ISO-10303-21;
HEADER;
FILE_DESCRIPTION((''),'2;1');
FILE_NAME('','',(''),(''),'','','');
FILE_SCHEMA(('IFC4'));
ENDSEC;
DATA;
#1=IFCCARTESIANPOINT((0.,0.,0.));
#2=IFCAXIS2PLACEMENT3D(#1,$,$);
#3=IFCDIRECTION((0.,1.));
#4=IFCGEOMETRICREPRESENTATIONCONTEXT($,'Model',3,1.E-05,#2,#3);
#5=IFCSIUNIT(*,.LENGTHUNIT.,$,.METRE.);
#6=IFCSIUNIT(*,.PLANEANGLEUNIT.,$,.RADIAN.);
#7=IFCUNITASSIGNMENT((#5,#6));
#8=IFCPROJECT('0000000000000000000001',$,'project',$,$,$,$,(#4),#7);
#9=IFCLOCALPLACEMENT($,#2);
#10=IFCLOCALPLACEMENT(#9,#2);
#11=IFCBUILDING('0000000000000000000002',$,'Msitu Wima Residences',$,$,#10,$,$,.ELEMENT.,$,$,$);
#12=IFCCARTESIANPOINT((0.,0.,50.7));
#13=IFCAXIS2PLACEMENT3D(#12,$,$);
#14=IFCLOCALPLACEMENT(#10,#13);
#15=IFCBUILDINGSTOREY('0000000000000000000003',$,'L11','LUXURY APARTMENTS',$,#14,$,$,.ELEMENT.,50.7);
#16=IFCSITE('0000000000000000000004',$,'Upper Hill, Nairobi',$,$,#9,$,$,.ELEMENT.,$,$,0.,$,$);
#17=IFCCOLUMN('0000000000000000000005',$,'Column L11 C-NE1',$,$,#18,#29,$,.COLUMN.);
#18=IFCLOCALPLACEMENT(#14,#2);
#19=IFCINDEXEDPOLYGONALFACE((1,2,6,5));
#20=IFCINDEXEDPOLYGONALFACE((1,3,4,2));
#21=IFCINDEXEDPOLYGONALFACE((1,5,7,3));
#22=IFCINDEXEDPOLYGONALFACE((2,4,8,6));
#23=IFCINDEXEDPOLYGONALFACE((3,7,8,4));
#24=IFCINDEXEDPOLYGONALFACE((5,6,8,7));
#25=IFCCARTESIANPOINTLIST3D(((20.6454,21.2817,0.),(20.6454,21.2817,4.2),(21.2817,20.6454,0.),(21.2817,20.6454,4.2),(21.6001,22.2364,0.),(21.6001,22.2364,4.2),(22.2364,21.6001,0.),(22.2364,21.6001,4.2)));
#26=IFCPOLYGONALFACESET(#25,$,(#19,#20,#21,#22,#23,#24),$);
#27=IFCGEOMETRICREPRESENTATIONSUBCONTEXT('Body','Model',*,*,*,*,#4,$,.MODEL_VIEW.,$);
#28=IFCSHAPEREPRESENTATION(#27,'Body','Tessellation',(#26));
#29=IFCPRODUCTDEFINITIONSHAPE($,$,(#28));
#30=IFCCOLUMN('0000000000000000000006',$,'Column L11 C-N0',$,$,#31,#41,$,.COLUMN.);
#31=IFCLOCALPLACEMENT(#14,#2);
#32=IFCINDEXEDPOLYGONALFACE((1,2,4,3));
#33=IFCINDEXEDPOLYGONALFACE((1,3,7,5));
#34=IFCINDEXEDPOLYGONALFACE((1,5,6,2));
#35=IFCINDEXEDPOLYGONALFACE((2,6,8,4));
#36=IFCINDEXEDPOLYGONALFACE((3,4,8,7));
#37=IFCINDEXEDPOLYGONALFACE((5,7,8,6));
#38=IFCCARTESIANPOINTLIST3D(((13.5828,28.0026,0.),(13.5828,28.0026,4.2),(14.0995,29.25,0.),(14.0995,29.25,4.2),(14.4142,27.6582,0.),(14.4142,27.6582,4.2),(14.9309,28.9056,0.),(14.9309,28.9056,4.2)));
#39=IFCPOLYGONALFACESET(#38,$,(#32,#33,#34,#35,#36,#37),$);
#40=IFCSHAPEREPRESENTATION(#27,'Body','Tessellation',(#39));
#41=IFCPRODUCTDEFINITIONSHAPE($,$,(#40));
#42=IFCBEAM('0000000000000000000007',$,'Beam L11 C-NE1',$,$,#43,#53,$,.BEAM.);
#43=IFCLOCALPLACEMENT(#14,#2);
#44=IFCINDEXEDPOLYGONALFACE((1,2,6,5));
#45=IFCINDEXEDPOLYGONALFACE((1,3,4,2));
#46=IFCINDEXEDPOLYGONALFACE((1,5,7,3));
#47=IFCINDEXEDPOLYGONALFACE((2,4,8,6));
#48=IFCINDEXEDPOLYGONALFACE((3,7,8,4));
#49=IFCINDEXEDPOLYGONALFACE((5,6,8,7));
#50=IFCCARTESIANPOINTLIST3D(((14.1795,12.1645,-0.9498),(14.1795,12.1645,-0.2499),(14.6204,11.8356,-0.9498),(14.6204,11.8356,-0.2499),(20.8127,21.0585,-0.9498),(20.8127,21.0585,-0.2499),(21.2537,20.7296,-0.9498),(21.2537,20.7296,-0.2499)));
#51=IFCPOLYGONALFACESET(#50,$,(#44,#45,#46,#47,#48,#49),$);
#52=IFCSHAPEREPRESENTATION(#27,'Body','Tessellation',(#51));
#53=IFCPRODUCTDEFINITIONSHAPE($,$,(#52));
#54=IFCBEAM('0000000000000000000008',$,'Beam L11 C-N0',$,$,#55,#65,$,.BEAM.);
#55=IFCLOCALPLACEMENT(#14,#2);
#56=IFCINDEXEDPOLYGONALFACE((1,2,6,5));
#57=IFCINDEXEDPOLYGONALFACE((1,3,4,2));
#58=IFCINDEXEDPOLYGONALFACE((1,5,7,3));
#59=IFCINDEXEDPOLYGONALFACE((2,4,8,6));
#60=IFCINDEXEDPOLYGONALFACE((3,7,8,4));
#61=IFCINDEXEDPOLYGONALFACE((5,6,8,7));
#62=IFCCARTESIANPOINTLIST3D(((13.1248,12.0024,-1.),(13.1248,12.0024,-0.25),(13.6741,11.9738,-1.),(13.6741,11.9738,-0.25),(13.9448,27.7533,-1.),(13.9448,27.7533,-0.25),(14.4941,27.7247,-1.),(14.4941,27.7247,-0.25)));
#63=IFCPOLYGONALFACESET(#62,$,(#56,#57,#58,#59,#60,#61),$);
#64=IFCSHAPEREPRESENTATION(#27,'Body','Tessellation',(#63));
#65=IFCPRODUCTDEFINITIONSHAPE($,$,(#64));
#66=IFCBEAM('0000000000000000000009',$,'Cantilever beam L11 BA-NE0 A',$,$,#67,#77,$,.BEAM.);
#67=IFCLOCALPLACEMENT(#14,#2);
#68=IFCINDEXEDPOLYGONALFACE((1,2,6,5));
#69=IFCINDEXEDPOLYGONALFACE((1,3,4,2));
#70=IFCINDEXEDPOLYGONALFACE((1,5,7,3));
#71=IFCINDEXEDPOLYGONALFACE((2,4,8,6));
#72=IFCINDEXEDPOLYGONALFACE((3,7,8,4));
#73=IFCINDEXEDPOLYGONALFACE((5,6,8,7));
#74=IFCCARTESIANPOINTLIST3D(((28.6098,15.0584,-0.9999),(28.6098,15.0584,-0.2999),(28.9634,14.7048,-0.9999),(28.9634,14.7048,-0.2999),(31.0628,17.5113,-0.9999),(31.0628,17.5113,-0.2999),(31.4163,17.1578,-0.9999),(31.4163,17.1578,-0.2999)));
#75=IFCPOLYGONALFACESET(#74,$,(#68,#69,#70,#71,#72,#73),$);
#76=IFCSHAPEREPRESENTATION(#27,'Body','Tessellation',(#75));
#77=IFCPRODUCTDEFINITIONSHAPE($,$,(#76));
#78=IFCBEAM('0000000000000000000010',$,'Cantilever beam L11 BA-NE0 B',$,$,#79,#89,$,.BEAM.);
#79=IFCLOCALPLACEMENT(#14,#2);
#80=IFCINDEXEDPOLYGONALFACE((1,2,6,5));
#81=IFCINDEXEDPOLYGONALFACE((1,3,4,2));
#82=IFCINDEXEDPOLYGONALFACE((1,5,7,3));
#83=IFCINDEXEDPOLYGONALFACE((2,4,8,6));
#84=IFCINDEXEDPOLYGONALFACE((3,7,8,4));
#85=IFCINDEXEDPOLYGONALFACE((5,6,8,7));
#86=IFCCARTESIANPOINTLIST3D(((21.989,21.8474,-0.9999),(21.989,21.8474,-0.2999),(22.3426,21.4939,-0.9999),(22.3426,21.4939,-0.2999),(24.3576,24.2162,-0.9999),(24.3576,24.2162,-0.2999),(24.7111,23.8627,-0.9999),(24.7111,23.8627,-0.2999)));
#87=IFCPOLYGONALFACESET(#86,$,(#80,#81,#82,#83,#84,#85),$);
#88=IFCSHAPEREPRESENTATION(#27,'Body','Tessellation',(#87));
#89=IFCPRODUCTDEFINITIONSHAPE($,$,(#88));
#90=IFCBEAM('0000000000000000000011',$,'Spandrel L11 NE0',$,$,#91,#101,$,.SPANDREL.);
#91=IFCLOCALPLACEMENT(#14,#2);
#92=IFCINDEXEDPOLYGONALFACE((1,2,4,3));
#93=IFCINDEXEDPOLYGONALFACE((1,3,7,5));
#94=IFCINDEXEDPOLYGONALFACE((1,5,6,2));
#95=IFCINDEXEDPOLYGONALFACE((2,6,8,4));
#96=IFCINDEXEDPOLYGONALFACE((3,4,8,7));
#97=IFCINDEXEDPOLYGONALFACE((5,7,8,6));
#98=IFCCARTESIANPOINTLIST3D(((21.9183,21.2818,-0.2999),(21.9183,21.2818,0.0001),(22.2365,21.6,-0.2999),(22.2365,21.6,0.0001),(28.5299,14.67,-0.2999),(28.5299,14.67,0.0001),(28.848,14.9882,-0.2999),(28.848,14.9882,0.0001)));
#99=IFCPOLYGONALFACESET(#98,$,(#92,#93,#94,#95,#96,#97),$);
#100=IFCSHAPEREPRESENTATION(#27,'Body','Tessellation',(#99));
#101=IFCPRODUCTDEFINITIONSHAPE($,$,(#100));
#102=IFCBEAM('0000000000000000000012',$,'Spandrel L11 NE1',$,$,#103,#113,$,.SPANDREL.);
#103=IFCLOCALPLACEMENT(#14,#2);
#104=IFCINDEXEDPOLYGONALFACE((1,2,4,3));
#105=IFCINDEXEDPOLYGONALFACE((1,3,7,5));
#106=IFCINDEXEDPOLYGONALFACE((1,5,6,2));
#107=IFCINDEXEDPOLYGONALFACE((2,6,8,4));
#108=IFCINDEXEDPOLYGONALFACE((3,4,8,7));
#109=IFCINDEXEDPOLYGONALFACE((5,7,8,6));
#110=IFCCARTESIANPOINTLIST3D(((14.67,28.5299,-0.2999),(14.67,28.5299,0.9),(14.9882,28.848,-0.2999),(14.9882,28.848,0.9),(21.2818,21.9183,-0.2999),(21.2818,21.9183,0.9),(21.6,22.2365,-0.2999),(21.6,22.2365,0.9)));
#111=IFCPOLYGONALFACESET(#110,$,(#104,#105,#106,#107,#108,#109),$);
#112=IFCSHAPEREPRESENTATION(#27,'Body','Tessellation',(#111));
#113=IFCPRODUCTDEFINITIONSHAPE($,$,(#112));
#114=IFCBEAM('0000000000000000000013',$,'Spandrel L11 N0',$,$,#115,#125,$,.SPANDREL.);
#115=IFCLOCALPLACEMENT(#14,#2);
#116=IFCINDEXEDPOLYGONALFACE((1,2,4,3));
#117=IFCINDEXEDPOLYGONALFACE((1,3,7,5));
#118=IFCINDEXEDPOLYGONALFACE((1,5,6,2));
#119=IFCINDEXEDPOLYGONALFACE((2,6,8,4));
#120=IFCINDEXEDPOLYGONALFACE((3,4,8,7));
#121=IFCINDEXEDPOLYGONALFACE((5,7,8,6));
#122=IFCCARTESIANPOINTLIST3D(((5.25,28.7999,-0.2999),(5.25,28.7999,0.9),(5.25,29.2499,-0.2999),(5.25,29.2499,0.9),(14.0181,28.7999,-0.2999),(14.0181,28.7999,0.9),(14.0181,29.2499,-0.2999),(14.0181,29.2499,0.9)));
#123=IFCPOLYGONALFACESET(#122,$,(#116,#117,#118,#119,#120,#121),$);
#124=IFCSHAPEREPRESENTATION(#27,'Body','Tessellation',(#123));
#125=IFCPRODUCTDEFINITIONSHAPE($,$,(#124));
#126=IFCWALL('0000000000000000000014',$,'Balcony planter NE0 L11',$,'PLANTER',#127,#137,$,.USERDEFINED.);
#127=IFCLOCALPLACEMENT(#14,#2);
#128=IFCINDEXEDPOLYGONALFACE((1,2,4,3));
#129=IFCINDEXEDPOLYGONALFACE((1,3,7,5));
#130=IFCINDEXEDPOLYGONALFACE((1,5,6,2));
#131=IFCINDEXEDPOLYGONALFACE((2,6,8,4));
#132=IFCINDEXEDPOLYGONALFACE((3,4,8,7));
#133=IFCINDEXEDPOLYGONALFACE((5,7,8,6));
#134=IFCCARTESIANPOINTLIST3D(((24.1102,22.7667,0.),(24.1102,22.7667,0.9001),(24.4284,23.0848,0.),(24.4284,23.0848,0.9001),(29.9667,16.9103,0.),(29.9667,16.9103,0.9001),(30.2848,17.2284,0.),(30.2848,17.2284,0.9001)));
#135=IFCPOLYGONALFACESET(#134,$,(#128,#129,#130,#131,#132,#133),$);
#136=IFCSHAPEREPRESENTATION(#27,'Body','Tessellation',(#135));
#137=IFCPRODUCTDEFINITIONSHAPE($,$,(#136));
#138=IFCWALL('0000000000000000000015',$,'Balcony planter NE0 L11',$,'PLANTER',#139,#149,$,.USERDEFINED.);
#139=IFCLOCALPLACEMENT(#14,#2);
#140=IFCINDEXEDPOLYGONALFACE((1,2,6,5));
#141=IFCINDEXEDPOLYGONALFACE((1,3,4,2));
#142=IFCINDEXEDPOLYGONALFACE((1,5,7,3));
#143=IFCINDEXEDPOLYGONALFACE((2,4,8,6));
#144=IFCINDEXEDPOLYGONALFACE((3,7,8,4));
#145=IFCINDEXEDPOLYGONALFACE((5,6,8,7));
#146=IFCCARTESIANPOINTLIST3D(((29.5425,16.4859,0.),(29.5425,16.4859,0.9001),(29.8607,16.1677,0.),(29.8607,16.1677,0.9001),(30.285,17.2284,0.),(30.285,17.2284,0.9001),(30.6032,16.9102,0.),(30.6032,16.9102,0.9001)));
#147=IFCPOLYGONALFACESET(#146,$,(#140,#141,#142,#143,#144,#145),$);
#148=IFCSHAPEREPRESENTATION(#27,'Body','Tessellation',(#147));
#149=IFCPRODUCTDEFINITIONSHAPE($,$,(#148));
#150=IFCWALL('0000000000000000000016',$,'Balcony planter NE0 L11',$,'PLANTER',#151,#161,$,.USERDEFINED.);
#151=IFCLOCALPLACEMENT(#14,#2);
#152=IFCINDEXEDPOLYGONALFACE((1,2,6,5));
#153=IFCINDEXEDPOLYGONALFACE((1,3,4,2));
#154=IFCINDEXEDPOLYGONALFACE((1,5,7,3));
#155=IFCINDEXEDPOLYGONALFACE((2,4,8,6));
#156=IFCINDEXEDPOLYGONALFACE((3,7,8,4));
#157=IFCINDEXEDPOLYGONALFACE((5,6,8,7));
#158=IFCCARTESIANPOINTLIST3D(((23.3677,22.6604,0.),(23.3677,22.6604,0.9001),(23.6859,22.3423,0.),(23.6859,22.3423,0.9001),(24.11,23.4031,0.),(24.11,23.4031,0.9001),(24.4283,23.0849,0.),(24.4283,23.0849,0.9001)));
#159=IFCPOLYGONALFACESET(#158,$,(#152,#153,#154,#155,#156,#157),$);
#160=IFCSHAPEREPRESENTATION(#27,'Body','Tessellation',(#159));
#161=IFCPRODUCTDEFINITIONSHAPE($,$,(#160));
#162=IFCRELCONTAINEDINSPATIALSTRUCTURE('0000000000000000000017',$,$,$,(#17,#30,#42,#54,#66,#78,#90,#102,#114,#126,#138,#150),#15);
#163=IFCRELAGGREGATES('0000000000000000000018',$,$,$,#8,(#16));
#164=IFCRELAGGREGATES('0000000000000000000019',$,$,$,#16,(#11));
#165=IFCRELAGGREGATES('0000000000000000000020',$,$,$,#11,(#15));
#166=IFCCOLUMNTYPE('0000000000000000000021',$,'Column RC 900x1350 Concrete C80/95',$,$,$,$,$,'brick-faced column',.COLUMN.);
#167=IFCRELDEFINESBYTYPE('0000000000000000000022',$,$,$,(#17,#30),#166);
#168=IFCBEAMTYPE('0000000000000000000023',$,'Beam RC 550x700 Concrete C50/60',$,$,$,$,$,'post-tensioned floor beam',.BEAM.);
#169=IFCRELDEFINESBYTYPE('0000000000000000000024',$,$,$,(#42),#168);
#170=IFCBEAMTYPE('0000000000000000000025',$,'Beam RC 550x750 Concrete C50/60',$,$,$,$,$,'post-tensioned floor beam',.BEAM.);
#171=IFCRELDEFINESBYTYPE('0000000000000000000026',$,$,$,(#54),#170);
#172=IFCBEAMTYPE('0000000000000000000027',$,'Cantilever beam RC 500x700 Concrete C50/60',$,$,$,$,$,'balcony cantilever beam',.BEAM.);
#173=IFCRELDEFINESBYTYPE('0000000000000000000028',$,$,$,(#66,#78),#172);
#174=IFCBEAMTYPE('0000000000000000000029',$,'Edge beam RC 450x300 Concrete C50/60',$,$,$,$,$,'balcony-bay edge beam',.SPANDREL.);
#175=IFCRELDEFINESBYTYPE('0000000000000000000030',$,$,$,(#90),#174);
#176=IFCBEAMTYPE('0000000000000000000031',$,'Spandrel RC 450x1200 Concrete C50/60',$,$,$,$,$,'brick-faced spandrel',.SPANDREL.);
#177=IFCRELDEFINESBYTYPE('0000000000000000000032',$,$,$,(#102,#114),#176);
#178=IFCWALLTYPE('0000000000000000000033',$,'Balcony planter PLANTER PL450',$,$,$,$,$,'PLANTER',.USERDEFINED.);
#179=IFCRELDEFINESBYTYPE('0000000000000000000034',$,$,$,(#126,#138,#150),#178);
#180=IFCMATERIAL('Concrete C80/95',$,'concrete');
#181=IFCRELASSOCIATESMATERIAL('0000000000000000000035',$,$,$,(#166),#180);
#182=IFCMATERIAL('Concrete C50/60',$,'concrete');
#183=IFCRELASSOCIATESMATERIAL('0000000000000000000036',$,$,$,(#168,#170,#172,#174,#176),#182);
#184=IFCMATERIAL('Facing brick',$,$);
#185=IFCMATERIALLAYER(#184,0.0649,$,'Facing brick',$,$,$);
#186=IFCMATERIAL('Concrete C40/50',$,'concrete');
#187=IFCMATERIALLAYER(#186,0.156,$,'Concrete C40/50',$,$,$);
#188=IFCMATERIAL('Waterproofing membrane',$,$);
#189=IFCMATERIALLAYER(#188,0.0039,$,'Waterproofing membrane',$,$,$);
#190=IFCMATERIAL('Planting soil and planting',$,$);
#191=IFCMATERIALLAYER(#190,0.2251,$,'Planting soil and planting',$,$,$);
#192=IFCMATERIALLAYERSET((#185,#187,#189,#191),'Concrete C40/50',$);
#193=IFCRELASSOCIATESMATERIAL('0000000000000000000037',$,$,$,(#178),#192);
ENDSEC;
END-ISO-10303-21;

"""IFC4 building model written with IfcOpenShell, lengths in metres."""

from ifc_helpers import new_model, si_unit, direction, frame, frame_2d, origin, origin_2d, place, context, subcontext, project, spatial, rectangle, extrude, material, layer, layer_set, material_profile, profile_set, type_object, element, save


model = new_model("IFC4")

# Units and contexts
model_context = context("Model", 3, precision=1e-05, world=origin(), true_north=direction((0.0, 1.0)))
body_context = subcontext(model_context, "Body", "Model", "MODEL_VIEW")
ifc_project = project(units=[si_unit("LENGTHUNIT", "METRE"), si_unit("PLANEANGLEUNIT", "RADIAN")], contexts=[model_context])

# Site, building, storey
site_placement = place(None, origin())
site = spatial("IfcSite", under=ifc_project, at=site_placement, Name="Upper Hill, Nairobi", CompositionType="ELEMENT", RefElevation=0.0)
building_placement = place(site_placement, origin())
building = spatial("IfcBuilding", under=site, at=building_placement, Name="Msitu Wima Residences", CompositionType="ELEMENT")
storey_placement = place(building_placement, frame((0.0, 0.0, 50.7)))
storey = spatial("IfcBuildingStorey", under=building, at=storey_placement, Name="L11", Description="LUXURY APARTMENTS", CompositionType="ELEMENT", Elevation=50.7)

# Columns
ifc_material_1 = material(Name="Concrete C80/95", Category="concrete")
ifc_material_profile_1 = material_profile(ifc_material_1, rectangle(XDim=0.8999, YDim=1.3501, at=origin_2d()), Name="RC 900x1350")
ifc_profile_set_1 = profile_set([ifc_material_profile_1], Name="Concrete C80/95")
column_type = type_object("IfcColumnType", Name="Column RC 900x1350 Concrete C80/95", ElementType="brick-faced column", PredefinedType="COLUMN", material=ifc_profile_set_1)
for number, where, z_axis, x_axis, name in (
    (1, (21.4409, 21.4409, 0.0), (0.0, 0.0, 1.0), (-0.707107, 0.707107, 0.0), "Column L11 C-NE1"),
    (2, (14.2568, 28.4541, 0.0), (0.0, 0.0, 1.0), (-0.92388, 0.382683, 0.0), "Column L11 C-N0"),
):
    element("IfcColumn", number, at=place(storey_placement, frame(where, z_axis=z_axis, x_axis=x_axis)), inside=storey, type_object=column_type, Name=name, PredefinedType="COLUMN", context=body_context, shape_type="SweptSolid", body=[
        extrude(rectangle(XDim=0.8999, YDim=1.3501, at=origin_2d()), origin(), (0.0, 0.0, 1.0), 4.2),
    ])

# Beams
ifc_material_2 = material(Name="Concrete C50/60", Category="concrete")
ifc_material_profile_2 = material_profile(ifc_material_2, rectangle(XDim=0.55, YDim=0.7, at=origin_2d()), Name="RC 550x700")
ifc_profile_set_2 = profile_set([ifc_material_profile_2], Name="Concrete C50/60")
beam_type_1 = type_object("IfcBeamType", Name="Beam RC 550x700 Concrete C50/60", ElementType="post-tensioned floor beam", PredefinedType="BEAM", material=ifc_profile_set_2)
beam_1_placement = place(storey_placement, frame((21.0332, 20.894, -0.5999), z_axis=(-0.59785, -0.801608, 0.0), x_axis=(0.801608, -0.59785, 0.0)))
element("IfcBeam", 3, at=beam_1_placement, inside=storey, type_object=beam_type_1, Name="Beam L11 C-NE1", PredefinedType="BEAM", context=body_context, shape_type="SweptSolid", body=[
    extrude(rectangle(XDim=0.55, YDim=0.7, at=origin_2d()), origin(), (0.0, 0.0, 1.0), 11.0952),
])
ifc_material_profile_3 = material_profile(ifc_material_2, rectangle(XDim=0.55, YDim=0.75, at=origin_2d()), Name="RC 550x750")
ifc_profile_set_3 = profile_set([ifc_material_profile_3], Name="Concrete C50/60")
beam_type_2 = type_object("IfcBeamType", Name="Beam RC 550x750 Concrete C50/60", ElementType="post-tensioned floor beam", PredefinedType="BEAM", material=ifc_profile_set_3)
beam_2_placement = place(storey_placement, frame((14.2195, 27.739, -0.625), z_axis=(-0.051994, -0.998647, 0.0), x_axis=(0.998647, -0.051994, 0.0)))
element("IfcBeam", 4, at=beam_2_placement, inside=storey, type_object=beam_type_2, Name="Beam L11 C-N0", PredefinedType="BEAM", context=body_context, shape_type="SweptSolid", body=[
    extrude(rectangle(XDim=0.55, YDim=0.75, at=origin_2d()), origin(), (0.0, 0.0, 1.0), 15.7722),
])
ifc_material_profile_4 = material_profile(ifc_material_2, rectangle(XDim=0.5, YDim=0.7, at=origin_2d()), Name="RC 500x700")
ifc_profile_set_4 = profile_set([ifc_material_profile_4], Name="Concrete C50/60")
beam_type_3 = type_object("IfcBeamType", Name="Cantilever beam RC 500x700 Concrete C50/60", ElementType="balcony cantilever beam", PredefinedType="BEAM", material=ifc_profile_set_4)
beam_3_placement = place(storey_placement, frame((28.7866, 14.8816, -0.6499), z_axis=(0.707107, 0.707107, 0.0), x_axis=(-0.707107, 0.707107, 0.0)))
element("IfcBeam", 5, at=beam_3_placement, inside=storey, type_object=beam_type_3, Name="Cantilever beam L11 BA-NE0 A", PredefinedType="BEAM", context=body_context, shape_type="SweptSolid", body=[
    extrude(rectangle(XDim=0.5, YDim=0.7, at=origin_2d()), origin(), (0.0, 0.0, 1.0), 3.469),
])
beam_4_placement = place(storey_placement, frame((22.1658, 21.6707, -0.6499), z_axis=(0.70707, 0.707143, 0.0), x_axis=(-0.707143, 0.70707, 0.0)))
element("IfcBeam", 6, at=beam_4_placement, inside=storey, type_object=beam_type_3, Name="Cantilever beam L11 BA-NE0 B", PredefinedType="BEAM", context=body_context, shape_type="SweptSolid", body=[
    extrude(rectangle(XDim=0.5, YDim=0.7, at=origin_2d()), origin(), (0.0, 0.0, 1.0), 3.3499),
])
ifc_material_profile_5 = material_profile(ifc_material_2, rectangle(XDim=0.45, YDim=0.3, at=origin_2d()), Name="RC 450x300")
ifc_profile_set_5 = profile_set([ifc_material_profile_5], Name="Concrete C50/60")
beam_type_4 = type_object("IfcBeamType", Name="Edge beam RC 450x300 Concrete C50/60", ElementType="balcony-bay edge beam", PredefinedType="SPANDREL", material=ifc_profile_set_5)
beam_5_placement = place(storey_placement, frame((28.689, 14.8291, -0.1499), z_axis=(-0.707094, 0.70712, 0.0), x_axis=(-0.70712, -0.707094, 0.0)))
element("IfcBeam", 7, at=beam_5_placement, inside=storey, type_object=beam_type_4, Name="Spandrel L11 NE0", PredefinedType="SPANDREL", context=body_context, shape_type="SweptSolid", body=[
    extrude(rectangle(XDim=0.45, YDim=0.3, at=origin_2d()), origin(), (0.0, 0.0, 1.0), 9.3503),
])
ifc_material_profile_6 = material_profile(ifc_material_2, rectangle(XDim=0.45, YDim=1.2, at=origin_2d()), Name="RC 450x1200")
ifc_profile_set_6 = profile_set([ifc_material_profile_6], Name="Concrete C50/60")
beam_type_5 = type_object("IfcBeamType", Name="Spandrel RC 450x1200 Concrete C50/60", ElementType="brick-faced spandrel", PredefinedType="SPANDREL", material=ifc_profile_set_6)
beam_6_placement = place(storey_placement, frame((21.4409, 22.0774, 0.3), z_axis=(-0.70712, 0.707094, 0.0), x_axis=(-0.707094, -0.70712, 0.0)))
element("IfcBeam", 8, at=beam_6_placement, inside=storey, type_object=beam_type_5, Name="Spandrel L11 NE1", PredefinedType="SPANDREL", context=body_context, shape_type="SweptSolid", body=[
    extrude(rectangle(XDim=0.45, YDim=1.2, at=origin_2d()), origin(), (0.0, 0.0, 1.0), 9.3503),
])
beam_7_placement = place(storey_placement, frame((14.0181, 29.0249, 0.3), z_axis=(-1.0, 0.0, 0.0), x_axis=(0.0, -1.0, 0.0)))
element("IfcBeam", 9, at=beam_7_placement, inside=storey, type_object=beam_type_5, Name="Spandrel L11 N0", PredefinedType="SPANDREL", context=body_context, shape_type="SweptSolid", body=[
    extrude(rectangle(XDim=0.45, YDim=1.2, at=origin_2d()), origin(), (0.0, 0.0, 1.0), 8.7681),
])

# Walls
ifc_material_3 = material(Name="Facing brick")
ifc_layer_1 = layer(ifc_material_3, 0.0649, Name="Facing brick")
ifc_material_4 = material(Name="Concrete C40/50", Category="concrete")
ifc_layer_2 = layer(ifc_material_4, 0.156, Name="Concrete C40/50")
ifc_material_5 = material(Name="Waterproofing membrane")
ifc_layer_3 = layer(ifc_material_5, 0.0039, Name="Waterproofing membrane")
ifc_material_6 = material(Name="Planting soil and planting")
ifc_layer_4 = layer(ifc_material_6, 0.2251, Name="Planting soil and planting")
ifc_layer_set_1 = layer_set([ifc_layer_1, ifc_layer_2, ifc_layer_3, ifc_layer_4], Name="Concrete C40/50")
wall_type_1 = type_object("IfcWallType", Name="Balcony planter PLANTER PL450", ElementType="PLANTER", PredefinedType="USERDEFINED", material=ifc_layer_set_1)
wall_1_placement = place(storey_placement, frame((30.1257, 17.0693, 0.0), z_axis=(0.0, 0.0, 1.0), x_axis=(-0.707107, 0.707107, 0.0)))
element("IfcWall", 10, at=wall_1_placement, inside=storey, type_object=wall_type_1, Name="Balcony planter NE0 L11", ObjectType="PLANTER", PredefinedType="USERDEFINED", context=body_context, shape_type="SweptSolid", body=[
    extrude(rectangle(XDim=8.2822, YDim=0.45, at=frame_2d((4.1411, 0.0))), origin(), (0.0, 0.0, 1.0), 0.9001),
])
for number, where, z_axis, x_axis, name in (
    (11, (29.7017, 16.3269, 0.0), (0.0, 0.0, 1.0), (0.707107, 0.707107, 0.0), "Balcony planter NE0 L11"),
    (12, (23.5269, 22.5015, 0.0), (0.0, 0.0, 1.0), (0.706991, 0.707223, 0.0), "Balcony planter NE0 L11"),
):
    element("IfcWall", number, at=place(storey_placement, frame(where, z_axis=z_axis, x_axis=x_axis)), inside=storey, type_object=wall_type_1, Name=name, ObjectType="PLANTER", PredefinedType="USERDEFINED", context=body_context, shape_type="SweptSolid", body=[
        extrude(rectangle(XDim=1.05, YDim=0.45, at=frame_2d((0.5249, 0.0))), origin(), (0.0, 0.0, 1.0), 0.9001),
    ])

save(model, "model.ifc")
